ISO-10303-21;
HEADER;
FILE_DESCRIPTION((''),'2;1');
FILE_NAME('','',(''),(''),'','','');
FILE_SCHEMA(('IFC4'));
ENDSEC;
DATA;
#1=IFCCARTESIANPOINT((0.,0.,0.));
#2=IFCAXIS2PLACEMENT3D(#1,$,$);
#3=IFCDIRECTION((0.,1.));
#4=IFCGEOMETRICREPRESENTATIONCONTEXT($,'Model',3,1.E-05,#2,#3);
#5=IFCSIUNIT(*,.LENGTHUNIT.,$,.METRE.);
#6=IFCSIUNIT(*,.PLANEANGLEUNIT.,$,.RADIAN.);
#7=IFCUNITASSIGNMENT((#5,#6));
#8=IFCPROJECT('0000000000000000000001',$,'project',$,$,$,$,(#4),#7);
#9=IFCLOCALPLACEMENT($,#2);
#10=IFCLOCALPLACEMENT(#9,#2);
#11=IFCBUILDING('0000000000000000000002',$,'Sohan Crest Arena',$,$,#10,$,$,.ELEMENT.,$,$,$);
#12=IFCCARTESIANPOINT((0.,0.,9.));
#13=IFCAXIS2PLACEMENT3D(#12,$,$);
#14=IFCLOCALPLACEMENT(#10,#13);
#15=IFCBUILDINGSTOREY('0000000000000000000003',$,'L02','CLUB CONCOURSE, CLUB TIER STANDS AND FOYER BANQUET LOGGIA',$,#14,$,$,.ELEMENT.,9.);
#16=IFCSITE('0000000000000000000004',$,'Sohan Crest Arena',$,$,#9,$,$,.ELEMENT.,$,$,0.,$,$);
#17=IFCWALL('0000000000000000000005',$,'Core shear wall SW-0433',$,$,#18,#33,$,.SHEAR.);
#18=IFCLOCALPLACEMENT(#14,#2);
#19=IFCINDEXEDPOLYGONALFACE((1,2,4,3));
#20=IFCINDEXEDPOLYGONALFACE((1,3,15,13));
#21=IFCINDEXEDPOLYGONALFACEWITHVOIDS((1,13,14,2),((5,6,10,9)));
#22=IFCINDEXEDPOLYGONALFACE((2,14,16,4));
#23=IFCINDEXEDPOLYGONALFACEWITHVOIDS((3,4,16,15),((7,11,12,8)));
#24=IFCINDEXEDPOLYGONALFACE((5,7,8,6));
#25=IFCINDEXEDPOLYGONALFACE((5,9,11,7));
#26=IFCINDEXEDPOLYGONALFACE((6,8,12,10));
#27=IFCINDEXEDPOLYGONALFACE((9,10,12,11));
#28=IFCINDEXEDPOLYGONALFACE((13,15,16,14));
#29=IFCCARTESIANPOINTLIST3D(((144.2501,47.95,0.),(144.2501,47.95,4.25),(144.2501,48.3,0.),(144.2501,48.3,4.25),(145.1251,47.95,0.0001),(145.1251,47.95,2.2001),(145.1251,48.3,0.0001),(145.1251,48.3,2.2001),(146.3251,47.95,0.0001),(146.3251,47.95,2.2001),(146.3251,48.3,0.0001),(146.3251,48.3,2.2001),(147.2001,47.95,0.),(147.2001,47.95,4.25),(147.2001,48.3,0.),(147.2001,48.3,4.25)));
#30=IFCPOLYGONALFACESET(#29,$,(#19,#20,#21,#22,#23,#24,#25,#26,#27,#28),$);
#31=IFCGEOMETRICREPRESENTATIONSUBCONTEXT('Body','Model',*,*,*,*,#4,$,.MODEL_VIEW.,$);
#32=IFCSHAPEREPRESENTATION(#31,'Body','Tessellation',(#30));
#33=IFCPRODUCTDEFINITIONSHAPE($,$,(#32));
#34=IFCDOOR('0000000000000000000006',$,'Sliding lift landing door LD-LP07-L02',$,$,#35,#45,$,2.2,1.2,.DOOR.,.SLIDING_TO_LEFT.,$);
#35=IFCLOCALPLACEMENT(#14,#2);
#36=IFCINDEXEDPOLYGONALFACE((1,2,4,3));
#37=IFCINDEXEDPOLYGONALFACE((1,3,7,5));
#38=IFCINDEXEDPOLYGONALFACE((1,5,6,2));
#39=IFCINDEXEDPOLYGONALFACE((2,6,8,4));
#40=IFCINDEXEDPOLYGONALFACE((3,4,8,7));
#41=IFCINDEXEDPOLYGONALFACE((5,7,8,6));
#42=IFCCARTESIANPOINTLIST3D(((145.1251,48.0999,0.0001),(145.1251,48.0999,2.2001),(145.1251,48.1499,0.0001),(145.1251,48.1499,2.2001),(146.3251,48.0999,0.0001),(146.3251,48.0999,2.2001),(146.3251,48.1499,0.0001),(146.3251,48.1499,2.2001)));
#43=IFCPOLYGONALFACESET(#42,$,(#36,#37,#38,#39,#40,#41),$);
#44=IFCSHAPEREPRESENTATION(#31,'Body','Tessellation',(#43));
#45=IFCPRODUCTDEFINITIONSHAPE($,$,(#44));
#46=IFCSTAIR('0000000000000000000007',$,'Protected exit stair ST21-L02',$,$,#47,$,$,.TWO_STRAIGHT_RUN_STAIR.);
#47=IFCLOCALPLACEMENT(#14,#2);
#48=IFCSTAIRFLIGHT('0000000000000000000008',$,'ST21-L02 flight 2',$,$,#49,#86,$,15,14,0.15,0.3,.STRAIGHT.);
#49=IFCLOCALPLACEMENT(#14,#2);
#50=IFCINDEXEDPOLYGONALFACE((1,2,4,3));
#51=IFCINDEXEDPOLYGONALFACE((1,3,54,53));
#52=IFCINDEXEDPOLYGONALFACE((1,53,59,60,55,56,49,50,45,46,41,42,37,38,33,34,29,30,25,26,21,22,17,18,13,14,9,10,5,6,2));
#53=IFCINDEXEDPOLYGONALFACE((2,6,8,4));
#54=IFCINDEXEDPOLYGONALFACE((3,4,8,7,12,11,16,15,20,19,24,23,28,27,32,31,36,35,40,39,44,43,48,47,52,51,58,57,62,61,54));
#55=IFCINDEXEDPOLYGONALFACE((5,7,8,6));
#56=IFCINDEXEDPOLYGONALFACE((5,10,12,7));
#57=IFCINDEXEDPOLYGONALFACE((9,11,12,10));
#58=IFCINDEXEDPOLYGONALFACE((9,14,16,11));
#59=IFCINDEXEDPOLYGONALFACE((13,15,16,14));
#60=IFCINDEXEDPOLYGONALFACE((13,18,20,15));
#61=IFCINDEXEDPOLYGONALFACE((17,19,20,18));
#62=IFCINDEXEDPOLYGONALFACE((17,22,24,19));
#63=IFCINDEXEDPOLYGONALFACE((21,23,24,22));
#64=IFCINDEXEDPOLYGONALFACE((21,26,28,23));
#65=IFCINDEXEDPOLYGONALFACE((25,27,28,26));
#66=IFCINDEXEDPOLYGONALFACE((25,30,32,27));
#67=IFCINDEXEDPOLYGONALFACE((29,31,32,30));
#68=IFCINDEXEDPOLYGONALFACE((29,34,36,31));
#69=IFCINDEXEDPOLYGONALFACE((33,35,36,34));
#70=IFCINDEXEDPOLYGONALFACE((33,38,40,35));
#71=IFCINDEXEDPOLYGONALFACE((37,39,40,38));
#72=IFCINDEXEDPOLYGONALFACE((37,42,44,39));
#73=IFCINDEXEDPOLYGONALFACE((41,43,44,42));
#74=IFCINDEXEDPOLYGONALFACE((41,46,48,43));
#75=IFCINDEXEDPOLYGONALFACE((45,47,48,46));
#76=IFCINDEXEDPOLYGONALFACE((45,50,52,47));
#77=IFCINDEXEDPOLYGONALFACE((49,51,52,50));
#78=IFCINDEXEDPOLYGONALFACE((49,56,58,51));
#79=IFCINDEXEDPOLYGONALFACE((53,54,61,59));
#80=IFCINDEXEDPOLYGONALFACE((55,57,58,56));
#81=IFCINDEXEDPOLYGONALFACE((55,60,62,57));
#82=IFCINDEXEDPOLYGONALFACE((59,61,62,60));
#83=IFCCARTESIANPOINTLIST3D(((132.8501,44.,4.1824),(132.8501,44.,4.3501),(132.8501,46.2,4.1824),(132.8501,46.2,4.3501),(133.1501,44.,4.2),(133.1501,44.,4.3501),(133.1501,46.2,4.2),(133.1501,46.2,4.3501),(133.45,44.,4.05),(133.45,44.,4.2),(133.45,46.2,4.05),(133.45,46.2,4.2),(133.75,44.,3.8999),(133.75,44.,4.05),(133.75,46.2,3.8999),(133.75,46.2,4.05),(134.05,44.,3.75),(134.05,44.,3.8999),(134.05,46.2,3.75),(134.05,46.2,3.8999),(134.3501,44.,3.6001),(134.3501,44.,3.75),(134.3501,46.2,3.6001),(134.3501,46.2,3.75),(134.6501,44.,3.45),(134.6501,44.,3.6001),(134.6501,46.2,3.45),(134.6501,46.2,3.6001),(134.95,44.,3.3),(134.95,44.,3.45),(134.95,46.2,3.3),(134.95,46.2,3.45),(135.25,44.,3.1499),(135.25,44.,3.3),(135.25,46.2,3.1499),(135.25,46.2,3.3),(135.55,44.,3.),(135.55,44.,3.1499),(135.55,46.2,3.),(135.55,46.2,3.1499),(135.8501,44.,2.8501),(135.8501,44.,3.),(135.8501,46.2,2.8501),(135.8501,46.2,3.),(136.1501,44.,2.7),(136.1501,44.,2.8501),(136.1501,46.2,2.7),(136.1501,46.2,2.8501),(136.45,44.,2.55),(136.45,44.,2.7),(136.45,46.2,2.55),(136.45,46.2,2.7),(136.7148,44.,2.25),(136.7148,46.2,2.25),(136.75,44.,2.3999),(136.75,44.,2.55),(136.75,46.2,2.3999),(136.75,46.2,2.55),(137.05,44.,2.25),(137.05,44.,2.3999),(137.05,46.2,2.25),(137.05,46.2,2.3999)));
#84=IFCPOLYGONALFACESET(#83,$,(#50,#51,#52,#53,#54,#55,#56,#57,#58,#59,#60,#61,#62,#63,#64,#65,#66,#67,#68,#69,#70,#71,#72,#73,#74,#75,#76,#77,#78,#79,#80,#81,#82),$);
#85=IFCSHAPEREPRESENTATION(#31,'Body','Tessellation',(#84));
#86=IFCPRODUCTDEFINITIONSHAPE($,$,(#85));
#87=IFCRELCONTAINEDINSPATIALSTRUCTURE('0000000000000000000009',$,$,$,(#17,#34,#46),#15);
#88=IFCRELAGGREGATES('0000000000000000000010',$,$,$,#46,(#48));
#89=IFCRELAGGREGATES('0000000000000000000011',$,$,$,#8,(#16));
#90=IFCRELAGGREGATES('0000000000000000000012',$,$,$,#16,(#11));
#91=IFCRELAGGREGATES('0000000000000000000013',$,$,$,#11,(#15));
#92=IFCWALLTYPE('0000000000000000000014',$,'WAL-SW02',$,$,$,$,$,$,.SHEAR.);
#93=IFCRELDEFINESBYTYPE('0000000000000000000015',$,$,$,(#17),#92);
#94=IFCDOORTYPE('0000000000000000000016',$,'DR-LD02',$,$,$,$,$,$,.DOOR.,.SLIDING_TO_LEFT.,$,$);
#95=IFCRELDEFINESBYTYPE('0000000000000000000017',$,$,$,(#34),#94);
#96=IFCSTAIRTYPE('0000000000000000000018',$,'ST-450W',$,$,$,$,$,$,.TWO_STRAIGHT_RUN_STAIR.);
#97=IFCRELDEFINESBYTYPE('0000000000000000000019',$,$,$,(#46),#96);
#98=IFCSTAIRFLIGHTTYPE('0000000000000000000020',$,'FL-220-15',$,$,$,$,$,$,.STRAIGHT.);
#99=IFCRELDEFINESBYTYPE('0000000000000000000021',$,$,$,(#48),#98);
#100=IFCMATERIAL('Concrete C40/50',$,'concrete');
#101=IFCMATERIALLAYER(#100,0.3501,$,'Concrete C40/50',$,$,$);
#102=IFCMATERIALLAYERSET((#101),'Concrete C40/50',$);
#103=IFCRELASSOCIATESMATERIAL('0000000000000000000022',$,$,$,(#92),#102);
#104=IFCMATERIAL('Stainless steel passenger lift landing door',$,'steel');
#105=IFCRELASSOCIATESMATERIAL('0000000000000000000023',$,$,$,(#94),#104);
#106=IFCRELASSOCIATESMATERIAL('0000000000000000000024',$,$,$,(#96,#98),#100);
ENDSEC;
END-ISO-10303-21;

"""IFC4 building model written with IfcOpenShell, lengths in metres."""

from ifc_helpers import new_model, si_unit, direction, frame, frame_2d, origin, place, context, subcontext, project, spatial, polyline, rectangle, outline, extrude, material, layer, layer_set, type_object, element, fill, aggregate, save


model = new_model("IFC4")

# Units and contexts
model_context = context("Model", 3, precision=1e-05, world=origin(), true_north=direction((0.0, 1.0)))
body_context = subcontext(model_context, "Body", "Model", "MODEL_VIEW")
ifc_project = project(units=[si_unit("LENGTHUNIT", "METRE"), si_unit("PLANEANGLEUNIT", "RADIAN")], contexts=[model_context])

# Site, building, storey
site_placement = place(None, origin())
site = spatial("IfcSite", under=ifc_project, at=site_placement, Name="Sohan Crest Arena", CompositionType="ELEMENT", RefElevation=0.0)
building_placement = place(site_placement, origin())
building = spatial("IfcBuilding", under=site, at=building_placement, Name="Sohan Crest Arena", CompositionType="ELEMENT")
storey_placement = place(building_placement, frame((0.0, 0.0, 9.0)))
storey = spatial("IfcBuildingStorey", under=building, at=storey_placement, Name="L02", Description="CLUB CONCOURSE, CLUB TIER STANDS AND FOYER BANQUET LOGGIA", CompositionType="ELEMENT", Elevation=9.0)

# Shared definitions
ifc_material_1 = material(Name="Concrete C40/50", Category="concrete")

# Shared definitions
ifc_layer_1 = layer(ifc_material_1, 0.3501, Name="Concrete C40/50")
ifc_layer_set_1 = layer_set([ifc_layer_1], Name="Concrete C40/50")
wall_type_1 = type_object("IfcWallType", Name="WAL-SW02", PredefinedType="SHEAR", material=ifc_layer_set_1)

# Wall, opening, door
wall_1_placement = place(storey_placement, frame((144.25, 48.125, 0.0), z_axis=(0.0, 0.0, 1.0), x_axis=(1.0, 0.0, 0.0)))
wall_1 = element("IfcWall", 1, at=wall_1_placement, inside=storey, type_object=wall_type_1, Name="Core shear wall SW-0433", PredefinedType="SHEAR", context=body_context, shape_type="SweptSolid", body=[
    extrude(rectangle(XDim=2.95, YDim=0.3501, at=frame_2d((1.4751, 0.0))), origin(), (0.0, 0.0, 1.0), 4.25),
])
opening_1_placement = place(wall_1_placement, frame((0.875, 0.0, 0.0)))
opening_1 = element("IfcOpeningElement", 2, at=opening_1_placement, cuts=wall_1, PredefinedType="OPENING", context=body_context, shape_type="SweptSolid", body=[
    extrude(rectangle(XDim=1.2, YDim=2.2, at=frame_2d((0.6001, 1.1001))), frame((0.0, 0.1851, 0.0), z_axis=(0.0, -1.0, 0.0), x_axis=(1.0, 0.0, 0.0)), (0.0, 0.0, 1.0), 0.3701),
])
ifc_material_2 = material(Name="Stainless steel passenger lift landing door", Category="steel")
door_type_1 = type_object("IfcDoorType", Name="DR-LD02", OperationType="SLIDING_TO_LEFT", PredefinedType="DOOR", material=ifc_material_2)
door_1_placement = place(opening_1_placement, origin())
door_1 = element("IfcDoor", 3, at=door_1_placement, inside=storey, type_object=door_type_1, Name="Sliding lift landing door LD-LP07-L02", OperationType="SLIDING_TO_LEFT", OverallHeight=2.2, OverallWidth=1.2, PredefinedType="DOOR", context=body_context, shape_type="SweptSolid", body=[
    extrude(rectangle(XDim=1.2, YDim=2.2, at=frame_2d((0.6001, 1.1001))), frame((0.0, 0.0249, 0.0), z_axis=(0.0, -1.0, 0.0), x_axis=(1.0, 0.0, 0.0)), (0.0, 0.0, 1.0), 0.05),
])
fill(opening_1, door_1)

# Stair, stair flight
stair_type = type_object("IfcStairType", Name="ST-450W", PredefinedType="TWO_STRAIGHT_RUN_STAIR", material=ifc_material_1)
stair_placement = place(storey_placement, origin())
stair = element("IfcStair", 4, at=stair_placement, inside=storey, type_object=stair_type, Name="Protected exit stair ST21-L02", PredefinedType="TWO_STRAIGHT_RUN_STAIR")
stair_flight_type = type_object("IfcStairFlightType", Name="FL-220-15", PredefinedType="STRAIGHT", material=ifc_material_1)
stair_flight_placement = place(storey_placement, frame((137.05, 45.1001, 2.25), z_axis=(0.0, 0.0, 1.0), x_axis=(-1.0, 0.0, 0.0)))
stair_flight = element("IfcStairFlight", 5, at=stair_flight_placement, type_object=stair_flight_type, Name="ST21-L02 flight 2", NumberOfRisers=15, NumberOfTreads=14, PredefinedType="STRAIGHT", RiserHeight=0.15, TreadLength=0.3, context=body_context, shape_type="SweptSolid", body=[
    extrude(outline(polyline([(0.0, 0.0), (0.0, 0.1499), (0.3, 0.1499), (0.3, 0.3), (0.6001, 0.3), (0.6001, 0.45), (0.8999, 0.45), (0.8999, 0.6001), (1.2, 0.6001), (1.2, 0.75), (1.5, 0.75), (1.5, 0.8999), (1.8, 0.8999), (1.8, 1.05), (2.1001, 1.05), (2.1001, 1.2), (2.3999, 1.2), (2.3999, 1.3501), (2.7, 1.3501), (2.7, 1.5), (3.0, 1.5), (3.0, 1.6499), (3.3, 1.6499), (3.3, 1.8), (3.6001, 1.8), (3.6001, 1.95), (3.8999, 1.95), (3.8999, 2.1001), (4.2, 2.1001), (4.2, 2.25), (4.2, 1.9324), (0.3352, 0.0), (0.0, 0.0)])), frame((0.0, 1.1001, 0.0), z_axis=(0.0, -1.0, 0.0), x_axis=(1.0, 0.0, 0.0)), (0.0, 0.0, 1.0), 2.2),
])
aggregate(stair, [stair_flight])

save(model, "model.ifc")
